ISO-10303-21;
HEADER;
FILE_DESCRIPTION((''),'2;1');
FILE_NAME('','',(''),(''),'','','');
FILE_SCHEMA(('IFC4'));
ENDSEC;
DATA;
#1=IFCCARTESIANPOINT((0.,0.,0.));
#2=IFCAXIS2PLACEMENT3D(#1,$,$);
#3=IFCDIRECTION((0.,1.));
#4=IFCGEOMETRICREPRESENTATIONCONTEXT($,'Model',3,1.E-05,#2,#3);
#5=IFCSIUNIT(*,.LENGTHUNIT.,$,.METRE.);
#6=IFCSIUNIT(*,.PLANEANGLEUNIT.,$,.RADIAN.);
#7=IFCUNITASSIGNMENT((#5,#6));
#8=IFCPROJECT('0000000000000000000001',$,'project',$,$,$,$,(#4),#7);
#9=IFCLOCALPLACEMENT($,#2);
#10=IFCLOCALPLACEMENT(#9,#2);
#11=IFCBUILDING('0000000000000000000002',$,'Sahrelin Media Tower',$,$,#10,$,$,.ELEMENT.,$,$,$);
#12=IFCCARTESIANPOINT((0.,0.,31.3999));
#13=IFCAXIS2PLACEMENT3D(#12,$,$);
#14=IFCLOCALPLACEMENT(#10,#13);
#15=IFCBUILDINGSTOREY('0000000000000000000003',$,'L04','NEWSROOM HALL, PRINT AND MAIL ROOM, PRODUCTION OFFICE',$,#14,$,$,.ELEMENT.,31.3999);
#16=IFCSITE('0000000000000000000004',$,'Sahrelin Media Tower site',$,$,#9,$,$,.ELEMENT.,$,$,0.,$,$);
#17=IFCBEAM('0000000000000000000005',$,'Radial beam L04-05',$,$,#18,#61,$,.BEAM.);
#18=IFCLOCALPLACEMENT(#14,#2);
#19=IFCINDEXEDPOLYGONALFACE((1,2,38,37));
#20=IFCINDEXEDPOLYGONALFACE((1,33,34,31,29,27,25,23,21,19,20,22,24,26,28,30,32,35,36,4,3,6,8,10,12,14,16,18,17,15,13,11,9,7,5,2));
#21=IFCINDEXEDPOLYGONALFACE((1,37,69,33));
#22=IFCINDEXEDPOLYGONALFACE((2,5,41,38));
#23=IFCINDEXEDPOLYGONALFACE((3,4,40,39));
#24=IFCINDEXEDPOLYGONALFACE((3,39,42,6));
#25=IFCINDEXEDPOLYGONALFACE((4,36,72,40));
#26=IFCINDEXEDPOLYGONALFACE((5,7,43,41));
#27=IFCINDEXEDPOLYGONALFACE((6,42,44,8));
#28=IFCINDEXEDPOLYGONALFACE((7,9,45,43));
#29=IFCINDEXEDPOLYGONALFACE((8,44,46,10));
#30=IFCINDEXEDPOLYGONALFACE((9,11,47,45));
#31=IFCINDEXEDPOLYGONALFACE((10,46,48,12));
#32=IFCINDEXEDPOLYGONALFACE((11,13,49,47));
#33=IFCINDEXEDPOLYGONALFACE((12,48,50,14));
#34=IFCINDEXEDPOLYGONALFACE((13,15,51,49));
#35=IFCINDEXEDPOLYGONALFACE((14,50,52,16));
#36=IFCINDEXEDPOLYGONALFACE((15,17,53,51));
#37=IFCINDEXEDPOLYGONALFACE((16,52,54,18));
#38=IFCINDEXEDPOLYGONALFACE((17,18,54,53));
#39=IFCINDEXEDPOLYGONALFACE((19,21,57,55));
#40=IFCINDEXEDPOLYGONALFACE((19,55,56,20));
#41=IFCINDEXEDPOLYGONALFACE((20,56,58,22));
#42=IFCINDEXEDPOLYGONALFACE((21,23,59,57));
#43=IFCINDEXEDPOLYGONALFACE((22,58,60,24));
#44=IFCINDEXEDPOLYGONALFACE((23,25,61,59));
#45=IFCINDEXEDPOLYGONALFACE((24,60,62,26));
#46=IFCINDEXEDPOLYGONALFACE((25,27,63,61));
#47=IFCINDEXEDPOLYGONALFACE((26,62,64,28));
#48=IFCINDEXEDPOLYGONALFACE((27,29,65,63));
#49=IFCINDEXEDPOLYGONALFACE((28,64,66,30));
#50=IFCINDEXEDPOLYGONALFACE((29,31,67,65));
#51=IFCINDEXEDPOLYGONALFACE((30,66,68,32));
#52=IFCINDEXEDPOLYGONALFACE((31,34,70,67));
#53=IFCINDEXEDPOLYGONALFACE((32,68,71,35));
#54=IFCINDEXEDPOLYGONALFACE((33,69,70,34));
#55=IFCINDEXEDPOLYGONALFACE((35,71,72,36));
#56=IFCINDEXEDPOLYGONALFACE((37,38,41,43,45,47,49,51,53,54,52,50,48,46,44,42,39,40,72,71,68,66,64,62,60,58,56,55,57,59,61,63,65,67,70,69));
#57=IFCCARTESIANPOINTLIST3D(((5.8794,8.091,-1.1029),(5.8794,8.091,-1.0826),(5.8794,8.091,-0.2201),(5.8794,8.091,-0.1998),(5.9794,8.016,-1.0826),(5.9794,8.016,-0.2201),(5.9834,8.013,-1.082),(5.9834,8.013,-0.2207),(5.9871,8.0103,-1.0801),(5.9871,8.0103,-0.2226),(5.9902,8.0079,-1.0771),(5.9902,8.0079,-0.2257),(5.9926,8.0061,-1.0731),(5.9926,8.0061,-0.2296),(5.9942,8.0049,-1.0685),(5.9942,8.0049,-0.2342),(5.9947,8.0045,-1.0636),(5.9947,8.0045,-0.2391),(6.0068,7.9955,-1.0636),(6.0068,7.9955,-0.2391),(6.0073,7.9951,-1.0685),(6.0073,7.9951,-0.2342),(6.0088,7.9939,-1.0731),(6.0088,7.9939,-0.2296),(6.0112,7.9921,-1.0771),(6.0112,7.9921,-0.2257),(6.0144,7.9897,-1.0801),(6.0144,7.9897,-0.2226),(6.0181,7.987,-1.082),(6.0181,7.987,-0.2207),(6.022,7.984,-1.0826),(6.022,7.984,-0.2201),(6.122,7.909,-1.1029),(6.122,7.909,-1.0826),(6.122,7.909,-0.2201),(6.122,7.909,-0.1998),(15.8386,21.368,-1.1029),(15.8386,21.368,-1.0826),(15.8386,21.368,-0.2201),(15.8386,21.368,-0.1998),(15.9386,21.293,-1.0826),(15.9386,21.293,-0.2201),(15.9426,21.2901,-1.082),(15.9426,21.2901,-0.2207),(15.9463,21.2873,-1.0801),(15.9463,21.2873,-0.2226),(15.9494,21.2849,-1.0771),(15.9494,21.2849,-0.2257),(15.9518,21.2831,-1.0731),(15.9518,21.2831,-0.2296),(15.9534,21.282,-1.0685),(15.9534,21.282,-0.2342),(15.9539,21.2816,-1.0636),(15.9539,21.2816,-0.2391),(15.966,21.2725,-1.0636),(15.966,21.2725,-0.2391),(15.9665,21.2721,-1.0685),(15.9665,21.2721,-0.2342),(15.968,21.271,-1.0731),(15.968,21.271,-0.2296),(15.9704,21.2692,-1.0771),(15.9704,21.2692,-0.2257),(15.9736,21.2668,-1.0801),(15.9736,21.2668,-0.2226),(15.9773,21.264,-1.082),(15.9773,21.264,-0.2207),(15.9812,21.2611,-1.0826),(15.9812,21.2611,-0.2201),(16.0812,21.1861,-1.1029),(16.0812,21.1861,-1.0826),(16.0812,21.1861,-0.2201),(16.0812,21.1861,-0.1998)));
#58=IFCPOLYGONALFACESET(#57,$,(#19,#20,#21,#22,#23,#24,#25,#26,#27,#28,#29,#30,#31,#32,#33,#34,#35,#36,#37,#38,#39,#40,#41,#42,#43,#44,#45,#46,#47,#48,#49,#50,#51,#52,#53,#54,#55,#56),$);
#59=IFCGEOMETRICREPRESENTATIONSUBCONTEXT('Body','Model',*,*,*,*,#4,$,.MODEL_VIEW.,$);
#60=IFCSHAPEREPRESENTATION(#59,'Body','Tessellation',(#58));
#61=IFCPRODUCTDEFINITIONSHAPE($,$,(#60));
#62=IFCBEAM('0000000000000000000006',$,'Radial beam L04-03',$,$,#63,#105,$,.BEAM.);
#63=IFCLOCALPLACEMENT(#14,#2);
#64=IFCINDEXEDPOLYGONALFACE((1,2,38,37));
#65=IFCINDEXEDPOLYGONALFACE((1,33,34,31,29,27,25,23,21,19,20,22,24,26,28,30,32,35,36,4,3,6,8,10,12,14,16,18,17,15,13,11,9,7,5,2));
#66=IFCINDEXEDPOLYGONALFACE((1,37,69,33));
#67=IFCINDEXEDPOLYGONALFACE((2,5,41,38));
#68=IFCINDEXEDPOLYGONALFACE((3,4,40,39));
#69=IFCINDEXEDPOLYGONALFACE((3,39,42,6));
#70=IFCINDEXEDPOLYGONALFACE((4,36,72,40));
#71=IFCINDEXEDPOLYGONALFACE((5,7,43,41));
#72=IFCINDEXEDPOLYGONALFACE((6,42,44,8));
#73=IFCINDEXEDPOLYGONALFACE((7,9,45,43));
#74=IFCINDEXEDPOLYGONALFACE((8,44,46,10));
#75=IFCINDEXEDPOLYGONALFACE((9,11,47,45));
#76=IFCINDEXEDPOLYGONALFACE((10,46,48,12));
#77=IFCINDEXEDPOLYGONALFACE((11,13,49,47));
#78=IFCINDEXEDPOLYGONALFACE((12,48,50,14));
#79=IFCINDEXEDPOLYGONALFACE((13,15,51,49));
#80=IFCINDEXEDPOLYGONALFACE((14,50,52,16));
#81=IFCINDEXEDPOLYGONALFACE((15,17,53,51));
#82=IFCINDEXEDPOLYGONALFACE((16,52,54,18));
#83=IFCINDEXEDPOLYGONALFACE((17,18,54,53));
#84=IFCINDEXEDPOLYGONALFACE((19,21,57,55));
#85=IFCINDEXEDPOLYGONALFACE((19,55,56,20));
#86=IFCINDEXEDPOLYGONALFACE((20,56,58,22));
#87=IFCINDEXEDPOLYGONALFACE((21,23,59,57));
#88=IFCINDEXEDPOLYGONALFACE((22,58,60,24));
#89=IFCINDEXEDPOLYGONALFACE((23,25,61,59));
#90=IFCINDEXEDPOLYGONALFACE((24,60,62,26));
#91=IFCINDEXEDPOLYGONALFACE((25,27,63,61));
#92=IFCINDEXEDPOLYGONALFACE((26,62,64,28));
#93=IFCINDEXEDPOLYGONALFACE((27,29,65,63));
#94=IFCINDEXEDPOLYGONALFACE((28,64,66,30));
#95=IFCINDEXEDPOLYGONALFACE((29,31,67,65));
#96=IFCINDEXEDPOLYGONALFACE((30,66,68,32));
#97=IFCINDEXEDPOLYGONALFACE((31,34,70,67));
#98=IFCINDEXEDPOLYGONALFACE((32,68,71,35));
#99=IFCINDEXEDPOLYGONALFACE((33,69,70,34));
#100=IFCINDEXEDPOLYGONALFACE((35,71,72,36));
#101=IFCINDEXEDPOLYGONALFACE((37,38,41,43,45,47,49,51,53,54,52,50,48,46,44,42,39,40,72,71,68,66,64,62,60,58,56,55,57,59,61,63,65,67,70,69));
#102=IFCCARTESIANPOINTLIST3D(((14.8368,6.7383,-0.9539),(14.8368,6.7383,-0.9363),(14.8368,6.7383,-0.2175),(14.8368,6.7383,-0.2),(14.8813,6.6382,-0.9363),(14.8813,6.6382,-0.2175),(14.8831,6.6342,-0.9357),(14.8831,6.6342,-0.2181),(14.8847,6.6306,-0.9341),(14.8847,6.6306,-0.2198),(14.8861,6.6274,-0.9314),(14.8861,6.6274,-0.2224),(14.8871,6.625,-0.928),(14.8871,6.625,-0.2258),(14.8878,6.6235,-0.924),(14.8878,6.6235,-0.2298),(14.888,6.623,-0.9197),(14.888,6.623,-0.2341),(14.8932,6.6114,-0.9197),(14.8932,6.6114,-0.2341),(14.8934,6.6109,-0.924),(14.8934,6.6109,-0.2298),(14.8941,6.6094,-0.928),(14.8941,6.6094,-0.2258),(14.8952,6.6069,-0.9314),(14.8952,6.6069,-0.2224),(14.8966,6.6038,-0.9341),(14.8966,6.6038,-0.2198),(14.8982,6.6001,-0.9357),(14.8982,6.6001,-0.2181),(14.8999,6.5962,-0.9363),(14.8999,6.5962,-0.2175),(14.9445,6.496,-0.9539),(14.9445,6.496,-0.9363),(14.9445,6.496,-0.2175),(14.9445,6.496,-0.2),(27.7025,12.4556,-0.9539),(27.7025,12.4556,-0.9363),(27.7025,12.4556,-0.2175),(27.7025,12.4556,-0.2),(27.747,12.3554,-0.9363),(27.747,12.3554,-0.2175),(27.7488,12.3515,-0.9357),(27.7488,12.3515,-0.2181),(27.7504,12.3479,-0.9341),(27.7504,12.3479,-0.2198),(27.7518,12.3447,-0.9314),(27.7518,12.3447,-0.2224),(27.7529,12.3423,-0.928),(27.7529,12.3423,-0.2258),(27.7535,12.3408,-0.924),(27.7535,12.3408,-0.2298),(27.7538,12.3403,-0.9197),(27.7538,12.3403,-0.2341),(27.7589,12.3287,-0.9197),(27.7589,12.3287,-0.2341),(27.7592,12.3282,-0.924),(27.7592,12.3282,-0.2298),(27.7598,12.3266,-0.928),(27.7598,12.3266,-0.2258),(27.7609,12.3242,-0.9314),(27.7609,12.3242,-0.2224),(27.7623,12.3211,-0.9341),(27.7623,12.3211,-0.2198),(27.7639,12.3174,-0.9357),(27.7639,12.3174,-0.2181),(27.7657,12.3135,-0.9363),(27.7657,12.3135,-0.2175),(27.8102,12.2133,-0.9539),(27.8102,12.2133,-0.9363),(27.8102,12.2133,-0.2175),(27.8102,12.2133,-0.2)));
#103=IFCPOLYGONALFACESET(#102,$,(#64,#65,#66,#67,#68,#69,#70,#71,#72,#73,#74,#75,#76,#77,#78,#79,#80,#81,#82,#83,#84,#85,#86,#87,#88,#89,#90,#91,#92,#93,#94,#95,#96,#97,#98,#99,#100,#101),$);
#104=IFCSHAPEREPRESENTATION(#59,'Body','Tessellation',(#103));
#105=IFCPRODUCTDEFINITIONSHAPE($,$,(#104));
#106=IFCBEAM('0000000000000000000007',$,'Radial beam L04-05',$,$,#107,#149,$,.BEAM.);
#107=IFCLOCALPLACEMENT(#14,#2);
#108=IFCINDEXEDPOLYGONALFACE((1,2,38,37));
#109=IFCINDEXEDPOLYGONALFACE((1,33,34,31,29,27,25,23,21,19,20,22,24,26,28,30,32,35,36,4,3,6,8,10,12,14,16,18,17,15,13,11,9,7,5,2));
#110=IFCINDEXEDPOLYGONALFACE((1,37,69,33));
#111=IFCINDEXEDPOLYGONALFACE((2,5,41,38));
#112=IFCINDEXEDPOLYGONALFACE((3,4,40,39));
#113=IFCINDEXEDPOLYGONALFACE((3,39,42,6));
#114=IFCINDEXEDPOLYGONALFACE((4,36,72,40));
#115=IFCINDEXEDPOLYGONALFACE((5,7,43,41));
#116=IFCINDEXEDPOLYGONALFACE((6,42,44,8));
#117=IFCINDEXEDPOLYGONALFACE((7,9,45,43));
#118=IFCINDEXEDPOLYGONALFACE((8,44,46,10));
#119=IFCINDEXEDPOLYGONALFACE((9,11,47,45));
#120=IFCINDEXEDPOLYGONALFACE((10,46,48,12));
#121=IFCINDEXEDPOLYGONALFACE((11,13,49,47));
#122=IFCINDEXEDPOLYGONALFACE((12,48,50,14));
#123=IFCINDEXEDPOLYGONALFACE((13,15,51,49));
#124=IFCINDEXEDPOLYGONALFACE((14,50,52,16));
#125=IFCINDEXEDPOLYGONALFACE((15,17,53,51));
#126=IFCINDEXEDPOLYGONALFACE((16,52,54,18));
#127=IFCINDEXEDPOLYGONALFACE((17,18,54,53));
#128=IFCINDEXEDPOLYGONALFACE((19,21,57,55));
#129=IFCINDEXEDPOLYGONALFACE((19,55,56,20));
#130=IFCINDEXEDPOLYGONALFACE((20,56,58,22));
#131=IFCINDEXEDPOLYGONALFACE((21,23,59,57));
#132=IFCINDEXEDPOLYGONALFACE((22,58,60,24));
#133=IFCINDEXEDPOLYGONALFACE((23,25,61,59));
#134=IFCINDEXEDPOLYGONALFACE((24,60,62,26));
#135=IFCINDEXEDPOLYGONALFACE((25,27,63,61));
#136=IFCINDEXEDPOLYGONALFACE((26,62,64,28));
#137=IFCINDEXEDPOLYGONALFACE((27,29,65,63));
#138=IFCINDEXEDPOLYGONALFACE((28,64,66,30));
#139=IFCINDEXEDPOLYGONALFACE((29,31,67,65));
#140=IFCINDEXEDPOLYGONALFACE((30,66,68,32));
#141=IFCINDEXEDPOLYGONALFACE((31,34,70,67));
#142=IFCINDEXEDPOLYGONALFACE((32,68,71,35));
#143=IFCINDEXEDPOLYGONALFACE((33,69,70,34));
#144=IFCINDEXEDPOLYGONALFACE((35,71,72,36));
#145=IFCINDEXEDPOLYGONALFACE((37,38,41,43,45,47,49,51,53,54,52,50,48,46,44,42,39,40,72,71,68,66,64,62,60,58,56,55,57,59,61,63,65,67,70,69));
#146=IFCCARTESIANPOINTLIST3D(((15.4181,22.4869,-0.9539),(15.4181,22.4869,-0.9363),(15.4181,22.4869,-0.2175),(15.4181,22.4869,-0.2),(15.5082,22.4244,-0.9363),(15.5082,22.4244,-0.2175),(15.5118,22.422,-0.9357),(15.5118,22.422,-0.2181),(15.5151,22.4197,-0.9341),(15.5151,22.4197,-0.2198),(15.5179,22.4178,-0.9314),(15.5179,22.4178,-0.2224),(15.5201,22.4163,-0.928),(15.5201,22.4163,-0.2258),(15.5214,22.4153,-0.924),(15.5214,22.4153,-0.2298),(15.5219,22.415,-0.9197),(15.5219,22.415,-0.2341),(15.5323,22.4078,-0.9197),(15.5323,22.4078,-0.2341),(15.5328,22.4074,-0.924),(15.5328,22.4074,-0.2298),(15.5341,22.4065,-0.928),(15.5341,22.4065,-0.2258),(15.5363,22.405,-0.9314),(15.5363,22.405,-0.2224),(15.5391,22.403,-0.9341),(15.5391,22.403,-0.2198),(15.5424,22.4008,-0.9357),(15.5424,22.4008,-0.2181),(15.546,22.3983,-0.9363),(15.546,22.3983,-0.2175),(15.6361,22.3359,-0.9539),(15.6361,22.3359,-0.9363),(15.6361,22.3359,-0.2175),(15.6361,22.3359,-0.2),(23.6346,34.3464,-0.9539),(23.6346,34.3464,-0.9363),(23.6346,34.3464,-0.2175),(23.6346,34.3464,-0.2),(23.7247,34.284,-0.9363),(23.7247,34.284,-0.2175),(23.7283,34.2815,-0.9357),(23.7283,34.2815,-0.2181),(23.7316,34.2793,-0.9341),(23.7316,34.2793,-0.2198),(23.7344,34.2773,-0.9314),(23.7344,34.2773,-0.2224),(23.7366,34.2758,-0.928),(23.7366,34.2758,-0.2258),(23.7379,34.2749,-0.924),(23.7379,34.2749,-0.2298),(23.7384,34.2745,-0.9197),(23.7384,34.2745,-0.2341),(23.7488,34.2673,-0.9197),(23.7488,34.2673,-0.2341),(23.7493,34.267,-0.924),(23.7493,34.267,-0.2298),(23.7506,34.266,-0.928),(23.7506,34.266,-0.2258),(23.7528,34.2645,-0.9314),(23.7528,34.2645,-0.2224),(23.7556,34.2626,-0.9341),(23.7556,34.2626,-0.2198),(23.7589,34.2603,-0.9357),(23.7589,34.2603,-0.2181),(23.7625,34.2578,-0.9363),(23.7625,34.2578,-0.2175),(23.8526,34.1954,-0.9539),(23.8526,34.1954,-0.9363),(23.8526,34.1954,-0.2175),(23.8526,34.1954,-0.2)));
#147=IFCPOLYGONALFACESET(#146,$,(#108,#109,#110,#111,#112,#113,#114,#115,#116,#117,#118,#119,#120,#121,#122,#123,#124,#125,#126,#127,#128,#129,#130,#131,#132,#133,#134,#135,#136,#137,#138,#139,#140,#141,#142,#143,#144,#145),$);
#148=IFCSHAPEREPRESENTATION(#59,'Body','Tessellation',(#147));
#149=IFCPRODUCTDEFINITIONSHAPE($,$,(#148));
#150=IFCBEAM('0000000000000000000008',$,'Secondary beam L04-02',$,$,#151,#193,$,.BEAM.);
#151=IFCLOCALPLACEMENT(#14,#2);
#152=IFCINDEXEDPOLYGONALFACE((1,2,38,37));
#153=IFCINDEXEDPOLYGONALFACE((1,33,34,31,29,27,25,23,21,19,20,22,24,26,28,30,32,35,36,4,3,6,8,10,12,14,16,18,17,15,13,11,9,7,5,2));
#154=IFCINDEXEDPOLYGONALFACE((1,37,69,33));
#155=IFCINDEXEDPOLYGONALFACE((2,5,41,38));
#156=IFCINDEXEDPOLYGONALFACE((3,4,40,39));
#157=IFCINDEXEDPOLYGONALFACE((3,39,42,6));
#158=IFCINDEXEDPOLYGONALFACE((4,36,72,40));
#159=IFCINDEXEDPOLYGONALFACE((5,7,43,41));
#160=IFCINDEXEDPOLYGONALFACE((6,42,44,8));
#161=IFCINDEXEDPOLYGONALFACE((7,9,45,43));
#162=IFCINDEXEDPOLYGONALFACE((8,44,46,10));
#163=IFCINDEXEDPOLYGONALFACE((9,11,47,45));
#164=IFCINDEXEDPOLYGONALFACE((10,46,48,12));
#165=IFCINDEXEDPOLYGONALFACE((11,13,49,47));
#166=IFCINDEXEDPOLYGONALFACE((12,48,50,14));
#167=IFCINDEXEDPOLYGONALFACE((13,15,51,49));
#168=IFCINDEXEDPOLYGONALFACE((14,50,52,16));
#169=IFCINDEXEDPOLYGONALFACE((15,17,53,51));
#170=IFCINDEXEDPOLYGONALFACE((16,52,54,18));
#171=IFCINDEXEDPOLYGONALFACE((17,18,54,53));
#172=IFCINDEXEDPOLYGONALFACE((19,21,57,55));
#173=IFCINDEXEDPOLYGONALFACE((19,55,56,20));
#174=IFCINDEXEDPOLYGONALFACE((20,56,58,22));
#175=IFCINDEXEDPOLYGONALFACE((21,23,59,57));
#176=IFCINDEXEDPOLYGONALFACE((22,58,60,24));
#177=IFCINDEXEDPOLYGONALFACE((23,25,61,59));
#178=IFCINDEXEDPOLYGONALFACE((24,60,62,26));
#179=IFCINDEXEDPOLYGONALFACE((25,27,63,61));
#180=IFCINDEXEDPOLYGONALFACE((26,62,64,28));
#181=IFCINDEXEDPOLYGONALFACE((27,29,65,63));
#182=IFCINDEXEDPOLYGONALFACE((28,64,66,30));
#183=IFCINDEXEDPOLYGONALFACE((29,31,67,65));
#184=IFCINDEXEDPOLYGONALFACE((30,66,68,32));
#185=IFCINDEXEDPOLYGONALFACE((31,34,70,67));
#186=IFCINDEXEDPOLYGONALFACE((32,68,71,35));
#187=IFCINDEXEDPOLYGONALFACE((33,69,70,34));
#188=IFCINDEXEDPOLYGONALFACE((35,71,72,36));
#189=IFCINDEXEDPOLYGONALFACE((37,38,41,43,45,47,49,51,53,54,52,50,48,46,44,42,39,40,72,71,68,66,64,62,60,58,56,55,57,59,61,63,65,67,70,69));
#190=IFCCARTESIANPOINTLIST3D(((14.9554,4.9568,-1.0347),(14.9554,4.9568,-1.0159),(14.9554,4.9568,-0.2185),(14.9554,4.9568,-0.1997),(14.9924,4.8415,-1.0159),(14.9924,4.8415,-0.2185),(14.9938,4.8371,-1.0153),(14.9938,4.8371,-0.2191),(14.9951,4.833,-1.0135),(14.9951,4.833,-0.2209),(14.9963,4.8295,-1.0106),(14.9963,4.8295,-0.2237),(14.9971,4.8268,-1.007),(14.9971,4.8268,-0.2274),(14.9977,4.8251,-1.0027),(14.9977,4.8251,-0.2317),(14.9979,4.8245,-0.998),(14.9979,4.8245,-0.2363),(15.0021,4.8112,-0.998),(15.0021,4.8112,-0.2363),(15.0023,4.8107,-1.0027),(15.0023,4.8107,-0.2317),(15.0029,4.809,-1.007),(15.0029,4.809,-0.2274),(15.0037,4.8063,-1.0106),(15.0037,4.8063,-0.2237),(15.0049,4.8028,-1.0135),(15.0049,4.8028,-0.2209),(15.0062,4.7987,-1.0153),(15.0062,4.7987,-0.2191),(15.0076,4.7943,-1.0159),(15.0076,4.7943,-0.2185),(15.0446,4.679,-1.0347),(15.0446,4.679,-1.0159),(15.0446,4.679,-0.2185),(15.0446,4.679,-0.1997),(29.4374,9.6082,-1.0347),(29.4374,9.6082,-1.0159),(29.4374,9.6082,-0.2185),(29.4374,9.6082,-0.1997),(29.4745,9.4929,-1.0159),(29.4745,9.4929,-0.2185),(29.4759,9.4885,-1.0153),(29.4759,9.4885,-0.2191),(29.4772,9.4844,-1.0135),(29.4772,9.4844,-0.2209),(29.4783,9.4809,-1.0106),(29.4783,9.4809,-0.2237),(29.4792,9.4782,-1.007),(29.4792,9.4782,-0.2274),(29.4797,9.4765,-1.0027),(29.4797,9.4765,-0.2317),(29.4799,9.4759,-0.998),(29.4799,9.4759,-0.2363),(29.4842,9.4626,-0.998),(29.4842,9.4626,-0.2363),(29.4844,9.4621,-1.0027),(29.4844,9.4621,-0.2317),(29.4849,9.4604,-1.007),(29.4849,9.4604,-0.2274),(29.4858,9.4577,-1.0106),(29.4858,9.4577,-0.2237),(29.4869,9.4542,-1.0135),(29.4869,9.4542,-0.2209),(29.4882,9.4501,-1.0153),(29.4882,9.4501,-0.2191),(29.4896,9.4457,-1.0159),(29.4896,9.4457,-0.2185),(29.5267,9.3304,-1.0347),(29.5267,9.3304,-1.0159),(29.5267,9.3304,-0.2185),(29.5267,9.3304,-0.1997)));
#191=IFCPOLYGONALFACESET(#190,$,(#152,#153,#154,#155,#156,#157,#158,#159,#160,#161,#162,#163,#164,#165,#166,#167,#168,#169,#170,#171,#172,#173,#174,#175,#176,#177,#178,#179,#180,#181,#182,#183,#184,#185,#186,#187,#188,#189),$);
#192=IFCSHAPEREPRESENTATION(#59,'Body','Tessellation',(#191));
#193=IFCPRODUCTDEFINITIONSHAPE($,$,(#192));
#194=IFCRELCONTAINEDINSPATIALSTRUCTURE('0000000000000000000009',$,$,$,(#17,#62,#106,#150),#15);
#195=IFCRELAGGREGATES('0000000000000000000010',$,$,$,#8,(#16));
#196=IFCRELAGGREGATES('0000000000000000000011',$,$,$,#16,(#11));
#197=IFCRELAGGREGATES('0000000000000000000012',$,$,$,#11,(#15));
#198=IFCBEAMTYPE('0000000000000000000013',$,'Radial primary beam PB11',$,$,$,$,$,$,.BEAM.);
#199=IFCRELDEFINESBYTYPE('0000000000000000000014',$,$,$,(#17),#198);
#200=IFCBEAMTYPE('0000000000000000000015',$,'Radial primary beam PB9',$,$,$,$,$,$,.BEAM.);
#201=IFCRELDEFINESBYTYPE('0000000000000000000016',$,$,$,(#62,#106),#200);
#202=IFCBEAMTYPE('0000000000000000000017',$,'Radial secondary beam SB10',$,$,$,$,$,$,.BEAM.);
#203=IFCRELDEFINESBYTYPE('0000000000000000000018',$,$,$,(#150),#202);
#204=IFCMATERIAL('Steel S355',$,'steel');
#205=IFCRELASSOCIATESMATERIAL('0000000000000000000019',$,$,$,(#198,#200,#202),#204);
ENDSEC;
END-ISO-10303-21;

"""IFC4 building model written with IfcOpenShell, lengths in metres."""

from ifc_helpers import new_model, si_unit, direction, frame, origin, origin_2d, place, context, subcontext, project, spatial, i_section, extrude, material, material_profile, profile_set, type_object, element, save


model = new_model("IFC4")

# Units and contexts
model_context = context("Model", 3, precision=1e-05, world=origin(), true_north=direction((0.0, 1.0)))
body_context = subcontext(model_context, "Body", "Model", "MODEL_VIEW")
ifc_project = project(units=[si_unit("LENGTHUNIT", "METRE"), si_unit("PLANEANGLEUNIT", "RADIAN")], contexts=[model_context])

# Site, building, storey
site_placement = place(None, origin())
site = spatial("IfcSite", under=ifc_project, at=site_placement, Name="Sahrelin Media Tower site", CompositionType="ELEMENT", RefElevation=0.0)
building_placement = place(site_placement, origin())
building = spatial("IfcBuilding", under=site, at=building_placement, Name="Sahrelin Media Tower", CompositionType="ELEMENT")
storey_placement = place(building_placement, frame((0.0, 0.0, 31.3999)))
storey = spatial("IfcBuildingStorey", under=building, at=storey_placement, Name="L04", Description="NEWSROOM HALL, PRINT AND MAIL ROOM, PRODUCTION OFFICE", CompositionType="ELEMENT", Elevation=31.3999)

# Beams
ifc_material_1 = material(Name="Steel S355", Category="steel")
ifc_material_profile_1 = material_profile(ifc_material_1, i_section(OverallWidth=0.3032, OverallDepth=0.9031, WebThickness=0.0151, FlangeThickness=0.0203, FilletRadius=0.019, at=origin_2d()), Name="UB 914x305x201")
ifc_profile_set_1 = profile_set([ifc_material_profile_1], Name="Steel S355")
beam_type_1 = type_object("IfcBeamType", Name="Radial primary beam PB11", PredefinedType="BEAM", material=ifc_profile_set_1)
beam_1_placement = place(storey_placement, frame((6.0007, 8.0, -0.6514), z_axis=(0.600054, 0.799959, 0.0), x_axis=(-0.799959, 0.600054, 0.0)))
element("IfcBeam", 1, at=beam_1_placement, inside=storey, type_object=beam_type_1, Name="Radial beam L04-05", PredefinedType="BEAM", context=body_context, shape_type="SweptSolid", body=[
    extrude(i_section(OverallWidth=0.3032, OverallDepth=0.9031, WebThickness=0.0151, FlangeThickness=0.0203, FilletRadius=0.019, at=origin_2d()), origin(), (0.0, 0.0, 1.0), 16.5972),
])
ifc_material_profile_2 = material_profile(ifc_material_1, i_section(OverallWidth=0.2651, OverallDepth=0.7539, WebThickness=0.0127, FlangeThickness=0.0176, FilletRadius=0.0166, at=origin_2d()), Name="UB 762x267x147")
ifc_profile_set_2 = profile_set([ifc_material_profile_2], Name="Steel S355")
beam_type_2 = type_object("IfcBeamType", Name="Radial primary beam PB9", PredefinedType="BEAM", material=ifc_profile_set_2)
beam_2_placement = place(storey_placement, frame((14.8906, 6.6172, -0.5769), z_axis=(0.913833, 0.40609, 0.0), x_axis=(-0.40609, 0.913833, 0.0)))
element("IfcBeam", 2, at=beam_2_placement, inside=storey, type_object=beam_type_2, Name="Radial beam L04-03", PredefinedType="BEAM", context=body_context, shape_type="SweptSolid", body=[
    extrude(i_section(OverallWidth=0.2651, OverallDepth=0.7539, WebThickness=0.0127, FlangeThickness=0.0176, FilletRadius=0.0166, at=origin_2d()), origin(), (0.0, 0.0, 1.0), 14.0789),
])
beam_3_placement = place(storey_placement, frame((15.5271, 22.4114, -0.5769), z_axis=(0.569493, 0.821996, 0.0), x_axis=(-0.821996, 0.569493, 0.0)))
element("IfcBeam", 3, at=beam_3_placement, inside=storey, type_object=beam_type_2, Name="Radial beam L04-05", PredefinedType="BEAM", context=body_context, shape_type="SweptSolid", body=[
    extrude(i_section(OverallWidth=0.2651, OverallDepth=0.7539, WebThickness=0.0127, FlangeThickness=0.0176, FilletRadius=0.0166, at=origin_2d()), origin(), (0.0, 0.0, 1.0), 14.4277),
])
ifc_material_profile_3 = material_profile(ifc_material_1, i_section(OverallWidth=0.2917, OverallDepth=0.835, WebThickness=0.0139, FlangeThickness=0.0188, FilletRadius=0.0178, at=origin_2d()), Name="UB 838x292x176")
ifc_profile_set_3 = profile_set([ifc_material_profile_3], Name="Steel S355")
beam_type_3 = type_object("IfcBeamType", Name="Radial secondary beam SB10", PredefinedType="BEAM", material=ifc_profile_set_3)
beam_4_placement = place(storey_placement, frame((15.0, 4.8179, -0.6172), z_axis=(0.952096, 0.305798, 0.0), x_axis=(-0.305798, 0.952096, 0.0)))
element("IfcBeam", 4, at=beam_4_placement, inside=storey, type_object=beam_type_3, Name="Secondary beam L04-02", PredefinedType="BEAM", context=body_context, shape_type="SweptSolid", body=[
    extrude(i_section(OverallWidth=0.2917, OverallDepth=0.835, WebThickness=0.0139, FlangeThickness=0.0188, FilletRadius=0.0178, at=origin_2d()), origin(), (0.0, 0.0, 1.0), 15.2107),
])

save(model, "model.ifc")
